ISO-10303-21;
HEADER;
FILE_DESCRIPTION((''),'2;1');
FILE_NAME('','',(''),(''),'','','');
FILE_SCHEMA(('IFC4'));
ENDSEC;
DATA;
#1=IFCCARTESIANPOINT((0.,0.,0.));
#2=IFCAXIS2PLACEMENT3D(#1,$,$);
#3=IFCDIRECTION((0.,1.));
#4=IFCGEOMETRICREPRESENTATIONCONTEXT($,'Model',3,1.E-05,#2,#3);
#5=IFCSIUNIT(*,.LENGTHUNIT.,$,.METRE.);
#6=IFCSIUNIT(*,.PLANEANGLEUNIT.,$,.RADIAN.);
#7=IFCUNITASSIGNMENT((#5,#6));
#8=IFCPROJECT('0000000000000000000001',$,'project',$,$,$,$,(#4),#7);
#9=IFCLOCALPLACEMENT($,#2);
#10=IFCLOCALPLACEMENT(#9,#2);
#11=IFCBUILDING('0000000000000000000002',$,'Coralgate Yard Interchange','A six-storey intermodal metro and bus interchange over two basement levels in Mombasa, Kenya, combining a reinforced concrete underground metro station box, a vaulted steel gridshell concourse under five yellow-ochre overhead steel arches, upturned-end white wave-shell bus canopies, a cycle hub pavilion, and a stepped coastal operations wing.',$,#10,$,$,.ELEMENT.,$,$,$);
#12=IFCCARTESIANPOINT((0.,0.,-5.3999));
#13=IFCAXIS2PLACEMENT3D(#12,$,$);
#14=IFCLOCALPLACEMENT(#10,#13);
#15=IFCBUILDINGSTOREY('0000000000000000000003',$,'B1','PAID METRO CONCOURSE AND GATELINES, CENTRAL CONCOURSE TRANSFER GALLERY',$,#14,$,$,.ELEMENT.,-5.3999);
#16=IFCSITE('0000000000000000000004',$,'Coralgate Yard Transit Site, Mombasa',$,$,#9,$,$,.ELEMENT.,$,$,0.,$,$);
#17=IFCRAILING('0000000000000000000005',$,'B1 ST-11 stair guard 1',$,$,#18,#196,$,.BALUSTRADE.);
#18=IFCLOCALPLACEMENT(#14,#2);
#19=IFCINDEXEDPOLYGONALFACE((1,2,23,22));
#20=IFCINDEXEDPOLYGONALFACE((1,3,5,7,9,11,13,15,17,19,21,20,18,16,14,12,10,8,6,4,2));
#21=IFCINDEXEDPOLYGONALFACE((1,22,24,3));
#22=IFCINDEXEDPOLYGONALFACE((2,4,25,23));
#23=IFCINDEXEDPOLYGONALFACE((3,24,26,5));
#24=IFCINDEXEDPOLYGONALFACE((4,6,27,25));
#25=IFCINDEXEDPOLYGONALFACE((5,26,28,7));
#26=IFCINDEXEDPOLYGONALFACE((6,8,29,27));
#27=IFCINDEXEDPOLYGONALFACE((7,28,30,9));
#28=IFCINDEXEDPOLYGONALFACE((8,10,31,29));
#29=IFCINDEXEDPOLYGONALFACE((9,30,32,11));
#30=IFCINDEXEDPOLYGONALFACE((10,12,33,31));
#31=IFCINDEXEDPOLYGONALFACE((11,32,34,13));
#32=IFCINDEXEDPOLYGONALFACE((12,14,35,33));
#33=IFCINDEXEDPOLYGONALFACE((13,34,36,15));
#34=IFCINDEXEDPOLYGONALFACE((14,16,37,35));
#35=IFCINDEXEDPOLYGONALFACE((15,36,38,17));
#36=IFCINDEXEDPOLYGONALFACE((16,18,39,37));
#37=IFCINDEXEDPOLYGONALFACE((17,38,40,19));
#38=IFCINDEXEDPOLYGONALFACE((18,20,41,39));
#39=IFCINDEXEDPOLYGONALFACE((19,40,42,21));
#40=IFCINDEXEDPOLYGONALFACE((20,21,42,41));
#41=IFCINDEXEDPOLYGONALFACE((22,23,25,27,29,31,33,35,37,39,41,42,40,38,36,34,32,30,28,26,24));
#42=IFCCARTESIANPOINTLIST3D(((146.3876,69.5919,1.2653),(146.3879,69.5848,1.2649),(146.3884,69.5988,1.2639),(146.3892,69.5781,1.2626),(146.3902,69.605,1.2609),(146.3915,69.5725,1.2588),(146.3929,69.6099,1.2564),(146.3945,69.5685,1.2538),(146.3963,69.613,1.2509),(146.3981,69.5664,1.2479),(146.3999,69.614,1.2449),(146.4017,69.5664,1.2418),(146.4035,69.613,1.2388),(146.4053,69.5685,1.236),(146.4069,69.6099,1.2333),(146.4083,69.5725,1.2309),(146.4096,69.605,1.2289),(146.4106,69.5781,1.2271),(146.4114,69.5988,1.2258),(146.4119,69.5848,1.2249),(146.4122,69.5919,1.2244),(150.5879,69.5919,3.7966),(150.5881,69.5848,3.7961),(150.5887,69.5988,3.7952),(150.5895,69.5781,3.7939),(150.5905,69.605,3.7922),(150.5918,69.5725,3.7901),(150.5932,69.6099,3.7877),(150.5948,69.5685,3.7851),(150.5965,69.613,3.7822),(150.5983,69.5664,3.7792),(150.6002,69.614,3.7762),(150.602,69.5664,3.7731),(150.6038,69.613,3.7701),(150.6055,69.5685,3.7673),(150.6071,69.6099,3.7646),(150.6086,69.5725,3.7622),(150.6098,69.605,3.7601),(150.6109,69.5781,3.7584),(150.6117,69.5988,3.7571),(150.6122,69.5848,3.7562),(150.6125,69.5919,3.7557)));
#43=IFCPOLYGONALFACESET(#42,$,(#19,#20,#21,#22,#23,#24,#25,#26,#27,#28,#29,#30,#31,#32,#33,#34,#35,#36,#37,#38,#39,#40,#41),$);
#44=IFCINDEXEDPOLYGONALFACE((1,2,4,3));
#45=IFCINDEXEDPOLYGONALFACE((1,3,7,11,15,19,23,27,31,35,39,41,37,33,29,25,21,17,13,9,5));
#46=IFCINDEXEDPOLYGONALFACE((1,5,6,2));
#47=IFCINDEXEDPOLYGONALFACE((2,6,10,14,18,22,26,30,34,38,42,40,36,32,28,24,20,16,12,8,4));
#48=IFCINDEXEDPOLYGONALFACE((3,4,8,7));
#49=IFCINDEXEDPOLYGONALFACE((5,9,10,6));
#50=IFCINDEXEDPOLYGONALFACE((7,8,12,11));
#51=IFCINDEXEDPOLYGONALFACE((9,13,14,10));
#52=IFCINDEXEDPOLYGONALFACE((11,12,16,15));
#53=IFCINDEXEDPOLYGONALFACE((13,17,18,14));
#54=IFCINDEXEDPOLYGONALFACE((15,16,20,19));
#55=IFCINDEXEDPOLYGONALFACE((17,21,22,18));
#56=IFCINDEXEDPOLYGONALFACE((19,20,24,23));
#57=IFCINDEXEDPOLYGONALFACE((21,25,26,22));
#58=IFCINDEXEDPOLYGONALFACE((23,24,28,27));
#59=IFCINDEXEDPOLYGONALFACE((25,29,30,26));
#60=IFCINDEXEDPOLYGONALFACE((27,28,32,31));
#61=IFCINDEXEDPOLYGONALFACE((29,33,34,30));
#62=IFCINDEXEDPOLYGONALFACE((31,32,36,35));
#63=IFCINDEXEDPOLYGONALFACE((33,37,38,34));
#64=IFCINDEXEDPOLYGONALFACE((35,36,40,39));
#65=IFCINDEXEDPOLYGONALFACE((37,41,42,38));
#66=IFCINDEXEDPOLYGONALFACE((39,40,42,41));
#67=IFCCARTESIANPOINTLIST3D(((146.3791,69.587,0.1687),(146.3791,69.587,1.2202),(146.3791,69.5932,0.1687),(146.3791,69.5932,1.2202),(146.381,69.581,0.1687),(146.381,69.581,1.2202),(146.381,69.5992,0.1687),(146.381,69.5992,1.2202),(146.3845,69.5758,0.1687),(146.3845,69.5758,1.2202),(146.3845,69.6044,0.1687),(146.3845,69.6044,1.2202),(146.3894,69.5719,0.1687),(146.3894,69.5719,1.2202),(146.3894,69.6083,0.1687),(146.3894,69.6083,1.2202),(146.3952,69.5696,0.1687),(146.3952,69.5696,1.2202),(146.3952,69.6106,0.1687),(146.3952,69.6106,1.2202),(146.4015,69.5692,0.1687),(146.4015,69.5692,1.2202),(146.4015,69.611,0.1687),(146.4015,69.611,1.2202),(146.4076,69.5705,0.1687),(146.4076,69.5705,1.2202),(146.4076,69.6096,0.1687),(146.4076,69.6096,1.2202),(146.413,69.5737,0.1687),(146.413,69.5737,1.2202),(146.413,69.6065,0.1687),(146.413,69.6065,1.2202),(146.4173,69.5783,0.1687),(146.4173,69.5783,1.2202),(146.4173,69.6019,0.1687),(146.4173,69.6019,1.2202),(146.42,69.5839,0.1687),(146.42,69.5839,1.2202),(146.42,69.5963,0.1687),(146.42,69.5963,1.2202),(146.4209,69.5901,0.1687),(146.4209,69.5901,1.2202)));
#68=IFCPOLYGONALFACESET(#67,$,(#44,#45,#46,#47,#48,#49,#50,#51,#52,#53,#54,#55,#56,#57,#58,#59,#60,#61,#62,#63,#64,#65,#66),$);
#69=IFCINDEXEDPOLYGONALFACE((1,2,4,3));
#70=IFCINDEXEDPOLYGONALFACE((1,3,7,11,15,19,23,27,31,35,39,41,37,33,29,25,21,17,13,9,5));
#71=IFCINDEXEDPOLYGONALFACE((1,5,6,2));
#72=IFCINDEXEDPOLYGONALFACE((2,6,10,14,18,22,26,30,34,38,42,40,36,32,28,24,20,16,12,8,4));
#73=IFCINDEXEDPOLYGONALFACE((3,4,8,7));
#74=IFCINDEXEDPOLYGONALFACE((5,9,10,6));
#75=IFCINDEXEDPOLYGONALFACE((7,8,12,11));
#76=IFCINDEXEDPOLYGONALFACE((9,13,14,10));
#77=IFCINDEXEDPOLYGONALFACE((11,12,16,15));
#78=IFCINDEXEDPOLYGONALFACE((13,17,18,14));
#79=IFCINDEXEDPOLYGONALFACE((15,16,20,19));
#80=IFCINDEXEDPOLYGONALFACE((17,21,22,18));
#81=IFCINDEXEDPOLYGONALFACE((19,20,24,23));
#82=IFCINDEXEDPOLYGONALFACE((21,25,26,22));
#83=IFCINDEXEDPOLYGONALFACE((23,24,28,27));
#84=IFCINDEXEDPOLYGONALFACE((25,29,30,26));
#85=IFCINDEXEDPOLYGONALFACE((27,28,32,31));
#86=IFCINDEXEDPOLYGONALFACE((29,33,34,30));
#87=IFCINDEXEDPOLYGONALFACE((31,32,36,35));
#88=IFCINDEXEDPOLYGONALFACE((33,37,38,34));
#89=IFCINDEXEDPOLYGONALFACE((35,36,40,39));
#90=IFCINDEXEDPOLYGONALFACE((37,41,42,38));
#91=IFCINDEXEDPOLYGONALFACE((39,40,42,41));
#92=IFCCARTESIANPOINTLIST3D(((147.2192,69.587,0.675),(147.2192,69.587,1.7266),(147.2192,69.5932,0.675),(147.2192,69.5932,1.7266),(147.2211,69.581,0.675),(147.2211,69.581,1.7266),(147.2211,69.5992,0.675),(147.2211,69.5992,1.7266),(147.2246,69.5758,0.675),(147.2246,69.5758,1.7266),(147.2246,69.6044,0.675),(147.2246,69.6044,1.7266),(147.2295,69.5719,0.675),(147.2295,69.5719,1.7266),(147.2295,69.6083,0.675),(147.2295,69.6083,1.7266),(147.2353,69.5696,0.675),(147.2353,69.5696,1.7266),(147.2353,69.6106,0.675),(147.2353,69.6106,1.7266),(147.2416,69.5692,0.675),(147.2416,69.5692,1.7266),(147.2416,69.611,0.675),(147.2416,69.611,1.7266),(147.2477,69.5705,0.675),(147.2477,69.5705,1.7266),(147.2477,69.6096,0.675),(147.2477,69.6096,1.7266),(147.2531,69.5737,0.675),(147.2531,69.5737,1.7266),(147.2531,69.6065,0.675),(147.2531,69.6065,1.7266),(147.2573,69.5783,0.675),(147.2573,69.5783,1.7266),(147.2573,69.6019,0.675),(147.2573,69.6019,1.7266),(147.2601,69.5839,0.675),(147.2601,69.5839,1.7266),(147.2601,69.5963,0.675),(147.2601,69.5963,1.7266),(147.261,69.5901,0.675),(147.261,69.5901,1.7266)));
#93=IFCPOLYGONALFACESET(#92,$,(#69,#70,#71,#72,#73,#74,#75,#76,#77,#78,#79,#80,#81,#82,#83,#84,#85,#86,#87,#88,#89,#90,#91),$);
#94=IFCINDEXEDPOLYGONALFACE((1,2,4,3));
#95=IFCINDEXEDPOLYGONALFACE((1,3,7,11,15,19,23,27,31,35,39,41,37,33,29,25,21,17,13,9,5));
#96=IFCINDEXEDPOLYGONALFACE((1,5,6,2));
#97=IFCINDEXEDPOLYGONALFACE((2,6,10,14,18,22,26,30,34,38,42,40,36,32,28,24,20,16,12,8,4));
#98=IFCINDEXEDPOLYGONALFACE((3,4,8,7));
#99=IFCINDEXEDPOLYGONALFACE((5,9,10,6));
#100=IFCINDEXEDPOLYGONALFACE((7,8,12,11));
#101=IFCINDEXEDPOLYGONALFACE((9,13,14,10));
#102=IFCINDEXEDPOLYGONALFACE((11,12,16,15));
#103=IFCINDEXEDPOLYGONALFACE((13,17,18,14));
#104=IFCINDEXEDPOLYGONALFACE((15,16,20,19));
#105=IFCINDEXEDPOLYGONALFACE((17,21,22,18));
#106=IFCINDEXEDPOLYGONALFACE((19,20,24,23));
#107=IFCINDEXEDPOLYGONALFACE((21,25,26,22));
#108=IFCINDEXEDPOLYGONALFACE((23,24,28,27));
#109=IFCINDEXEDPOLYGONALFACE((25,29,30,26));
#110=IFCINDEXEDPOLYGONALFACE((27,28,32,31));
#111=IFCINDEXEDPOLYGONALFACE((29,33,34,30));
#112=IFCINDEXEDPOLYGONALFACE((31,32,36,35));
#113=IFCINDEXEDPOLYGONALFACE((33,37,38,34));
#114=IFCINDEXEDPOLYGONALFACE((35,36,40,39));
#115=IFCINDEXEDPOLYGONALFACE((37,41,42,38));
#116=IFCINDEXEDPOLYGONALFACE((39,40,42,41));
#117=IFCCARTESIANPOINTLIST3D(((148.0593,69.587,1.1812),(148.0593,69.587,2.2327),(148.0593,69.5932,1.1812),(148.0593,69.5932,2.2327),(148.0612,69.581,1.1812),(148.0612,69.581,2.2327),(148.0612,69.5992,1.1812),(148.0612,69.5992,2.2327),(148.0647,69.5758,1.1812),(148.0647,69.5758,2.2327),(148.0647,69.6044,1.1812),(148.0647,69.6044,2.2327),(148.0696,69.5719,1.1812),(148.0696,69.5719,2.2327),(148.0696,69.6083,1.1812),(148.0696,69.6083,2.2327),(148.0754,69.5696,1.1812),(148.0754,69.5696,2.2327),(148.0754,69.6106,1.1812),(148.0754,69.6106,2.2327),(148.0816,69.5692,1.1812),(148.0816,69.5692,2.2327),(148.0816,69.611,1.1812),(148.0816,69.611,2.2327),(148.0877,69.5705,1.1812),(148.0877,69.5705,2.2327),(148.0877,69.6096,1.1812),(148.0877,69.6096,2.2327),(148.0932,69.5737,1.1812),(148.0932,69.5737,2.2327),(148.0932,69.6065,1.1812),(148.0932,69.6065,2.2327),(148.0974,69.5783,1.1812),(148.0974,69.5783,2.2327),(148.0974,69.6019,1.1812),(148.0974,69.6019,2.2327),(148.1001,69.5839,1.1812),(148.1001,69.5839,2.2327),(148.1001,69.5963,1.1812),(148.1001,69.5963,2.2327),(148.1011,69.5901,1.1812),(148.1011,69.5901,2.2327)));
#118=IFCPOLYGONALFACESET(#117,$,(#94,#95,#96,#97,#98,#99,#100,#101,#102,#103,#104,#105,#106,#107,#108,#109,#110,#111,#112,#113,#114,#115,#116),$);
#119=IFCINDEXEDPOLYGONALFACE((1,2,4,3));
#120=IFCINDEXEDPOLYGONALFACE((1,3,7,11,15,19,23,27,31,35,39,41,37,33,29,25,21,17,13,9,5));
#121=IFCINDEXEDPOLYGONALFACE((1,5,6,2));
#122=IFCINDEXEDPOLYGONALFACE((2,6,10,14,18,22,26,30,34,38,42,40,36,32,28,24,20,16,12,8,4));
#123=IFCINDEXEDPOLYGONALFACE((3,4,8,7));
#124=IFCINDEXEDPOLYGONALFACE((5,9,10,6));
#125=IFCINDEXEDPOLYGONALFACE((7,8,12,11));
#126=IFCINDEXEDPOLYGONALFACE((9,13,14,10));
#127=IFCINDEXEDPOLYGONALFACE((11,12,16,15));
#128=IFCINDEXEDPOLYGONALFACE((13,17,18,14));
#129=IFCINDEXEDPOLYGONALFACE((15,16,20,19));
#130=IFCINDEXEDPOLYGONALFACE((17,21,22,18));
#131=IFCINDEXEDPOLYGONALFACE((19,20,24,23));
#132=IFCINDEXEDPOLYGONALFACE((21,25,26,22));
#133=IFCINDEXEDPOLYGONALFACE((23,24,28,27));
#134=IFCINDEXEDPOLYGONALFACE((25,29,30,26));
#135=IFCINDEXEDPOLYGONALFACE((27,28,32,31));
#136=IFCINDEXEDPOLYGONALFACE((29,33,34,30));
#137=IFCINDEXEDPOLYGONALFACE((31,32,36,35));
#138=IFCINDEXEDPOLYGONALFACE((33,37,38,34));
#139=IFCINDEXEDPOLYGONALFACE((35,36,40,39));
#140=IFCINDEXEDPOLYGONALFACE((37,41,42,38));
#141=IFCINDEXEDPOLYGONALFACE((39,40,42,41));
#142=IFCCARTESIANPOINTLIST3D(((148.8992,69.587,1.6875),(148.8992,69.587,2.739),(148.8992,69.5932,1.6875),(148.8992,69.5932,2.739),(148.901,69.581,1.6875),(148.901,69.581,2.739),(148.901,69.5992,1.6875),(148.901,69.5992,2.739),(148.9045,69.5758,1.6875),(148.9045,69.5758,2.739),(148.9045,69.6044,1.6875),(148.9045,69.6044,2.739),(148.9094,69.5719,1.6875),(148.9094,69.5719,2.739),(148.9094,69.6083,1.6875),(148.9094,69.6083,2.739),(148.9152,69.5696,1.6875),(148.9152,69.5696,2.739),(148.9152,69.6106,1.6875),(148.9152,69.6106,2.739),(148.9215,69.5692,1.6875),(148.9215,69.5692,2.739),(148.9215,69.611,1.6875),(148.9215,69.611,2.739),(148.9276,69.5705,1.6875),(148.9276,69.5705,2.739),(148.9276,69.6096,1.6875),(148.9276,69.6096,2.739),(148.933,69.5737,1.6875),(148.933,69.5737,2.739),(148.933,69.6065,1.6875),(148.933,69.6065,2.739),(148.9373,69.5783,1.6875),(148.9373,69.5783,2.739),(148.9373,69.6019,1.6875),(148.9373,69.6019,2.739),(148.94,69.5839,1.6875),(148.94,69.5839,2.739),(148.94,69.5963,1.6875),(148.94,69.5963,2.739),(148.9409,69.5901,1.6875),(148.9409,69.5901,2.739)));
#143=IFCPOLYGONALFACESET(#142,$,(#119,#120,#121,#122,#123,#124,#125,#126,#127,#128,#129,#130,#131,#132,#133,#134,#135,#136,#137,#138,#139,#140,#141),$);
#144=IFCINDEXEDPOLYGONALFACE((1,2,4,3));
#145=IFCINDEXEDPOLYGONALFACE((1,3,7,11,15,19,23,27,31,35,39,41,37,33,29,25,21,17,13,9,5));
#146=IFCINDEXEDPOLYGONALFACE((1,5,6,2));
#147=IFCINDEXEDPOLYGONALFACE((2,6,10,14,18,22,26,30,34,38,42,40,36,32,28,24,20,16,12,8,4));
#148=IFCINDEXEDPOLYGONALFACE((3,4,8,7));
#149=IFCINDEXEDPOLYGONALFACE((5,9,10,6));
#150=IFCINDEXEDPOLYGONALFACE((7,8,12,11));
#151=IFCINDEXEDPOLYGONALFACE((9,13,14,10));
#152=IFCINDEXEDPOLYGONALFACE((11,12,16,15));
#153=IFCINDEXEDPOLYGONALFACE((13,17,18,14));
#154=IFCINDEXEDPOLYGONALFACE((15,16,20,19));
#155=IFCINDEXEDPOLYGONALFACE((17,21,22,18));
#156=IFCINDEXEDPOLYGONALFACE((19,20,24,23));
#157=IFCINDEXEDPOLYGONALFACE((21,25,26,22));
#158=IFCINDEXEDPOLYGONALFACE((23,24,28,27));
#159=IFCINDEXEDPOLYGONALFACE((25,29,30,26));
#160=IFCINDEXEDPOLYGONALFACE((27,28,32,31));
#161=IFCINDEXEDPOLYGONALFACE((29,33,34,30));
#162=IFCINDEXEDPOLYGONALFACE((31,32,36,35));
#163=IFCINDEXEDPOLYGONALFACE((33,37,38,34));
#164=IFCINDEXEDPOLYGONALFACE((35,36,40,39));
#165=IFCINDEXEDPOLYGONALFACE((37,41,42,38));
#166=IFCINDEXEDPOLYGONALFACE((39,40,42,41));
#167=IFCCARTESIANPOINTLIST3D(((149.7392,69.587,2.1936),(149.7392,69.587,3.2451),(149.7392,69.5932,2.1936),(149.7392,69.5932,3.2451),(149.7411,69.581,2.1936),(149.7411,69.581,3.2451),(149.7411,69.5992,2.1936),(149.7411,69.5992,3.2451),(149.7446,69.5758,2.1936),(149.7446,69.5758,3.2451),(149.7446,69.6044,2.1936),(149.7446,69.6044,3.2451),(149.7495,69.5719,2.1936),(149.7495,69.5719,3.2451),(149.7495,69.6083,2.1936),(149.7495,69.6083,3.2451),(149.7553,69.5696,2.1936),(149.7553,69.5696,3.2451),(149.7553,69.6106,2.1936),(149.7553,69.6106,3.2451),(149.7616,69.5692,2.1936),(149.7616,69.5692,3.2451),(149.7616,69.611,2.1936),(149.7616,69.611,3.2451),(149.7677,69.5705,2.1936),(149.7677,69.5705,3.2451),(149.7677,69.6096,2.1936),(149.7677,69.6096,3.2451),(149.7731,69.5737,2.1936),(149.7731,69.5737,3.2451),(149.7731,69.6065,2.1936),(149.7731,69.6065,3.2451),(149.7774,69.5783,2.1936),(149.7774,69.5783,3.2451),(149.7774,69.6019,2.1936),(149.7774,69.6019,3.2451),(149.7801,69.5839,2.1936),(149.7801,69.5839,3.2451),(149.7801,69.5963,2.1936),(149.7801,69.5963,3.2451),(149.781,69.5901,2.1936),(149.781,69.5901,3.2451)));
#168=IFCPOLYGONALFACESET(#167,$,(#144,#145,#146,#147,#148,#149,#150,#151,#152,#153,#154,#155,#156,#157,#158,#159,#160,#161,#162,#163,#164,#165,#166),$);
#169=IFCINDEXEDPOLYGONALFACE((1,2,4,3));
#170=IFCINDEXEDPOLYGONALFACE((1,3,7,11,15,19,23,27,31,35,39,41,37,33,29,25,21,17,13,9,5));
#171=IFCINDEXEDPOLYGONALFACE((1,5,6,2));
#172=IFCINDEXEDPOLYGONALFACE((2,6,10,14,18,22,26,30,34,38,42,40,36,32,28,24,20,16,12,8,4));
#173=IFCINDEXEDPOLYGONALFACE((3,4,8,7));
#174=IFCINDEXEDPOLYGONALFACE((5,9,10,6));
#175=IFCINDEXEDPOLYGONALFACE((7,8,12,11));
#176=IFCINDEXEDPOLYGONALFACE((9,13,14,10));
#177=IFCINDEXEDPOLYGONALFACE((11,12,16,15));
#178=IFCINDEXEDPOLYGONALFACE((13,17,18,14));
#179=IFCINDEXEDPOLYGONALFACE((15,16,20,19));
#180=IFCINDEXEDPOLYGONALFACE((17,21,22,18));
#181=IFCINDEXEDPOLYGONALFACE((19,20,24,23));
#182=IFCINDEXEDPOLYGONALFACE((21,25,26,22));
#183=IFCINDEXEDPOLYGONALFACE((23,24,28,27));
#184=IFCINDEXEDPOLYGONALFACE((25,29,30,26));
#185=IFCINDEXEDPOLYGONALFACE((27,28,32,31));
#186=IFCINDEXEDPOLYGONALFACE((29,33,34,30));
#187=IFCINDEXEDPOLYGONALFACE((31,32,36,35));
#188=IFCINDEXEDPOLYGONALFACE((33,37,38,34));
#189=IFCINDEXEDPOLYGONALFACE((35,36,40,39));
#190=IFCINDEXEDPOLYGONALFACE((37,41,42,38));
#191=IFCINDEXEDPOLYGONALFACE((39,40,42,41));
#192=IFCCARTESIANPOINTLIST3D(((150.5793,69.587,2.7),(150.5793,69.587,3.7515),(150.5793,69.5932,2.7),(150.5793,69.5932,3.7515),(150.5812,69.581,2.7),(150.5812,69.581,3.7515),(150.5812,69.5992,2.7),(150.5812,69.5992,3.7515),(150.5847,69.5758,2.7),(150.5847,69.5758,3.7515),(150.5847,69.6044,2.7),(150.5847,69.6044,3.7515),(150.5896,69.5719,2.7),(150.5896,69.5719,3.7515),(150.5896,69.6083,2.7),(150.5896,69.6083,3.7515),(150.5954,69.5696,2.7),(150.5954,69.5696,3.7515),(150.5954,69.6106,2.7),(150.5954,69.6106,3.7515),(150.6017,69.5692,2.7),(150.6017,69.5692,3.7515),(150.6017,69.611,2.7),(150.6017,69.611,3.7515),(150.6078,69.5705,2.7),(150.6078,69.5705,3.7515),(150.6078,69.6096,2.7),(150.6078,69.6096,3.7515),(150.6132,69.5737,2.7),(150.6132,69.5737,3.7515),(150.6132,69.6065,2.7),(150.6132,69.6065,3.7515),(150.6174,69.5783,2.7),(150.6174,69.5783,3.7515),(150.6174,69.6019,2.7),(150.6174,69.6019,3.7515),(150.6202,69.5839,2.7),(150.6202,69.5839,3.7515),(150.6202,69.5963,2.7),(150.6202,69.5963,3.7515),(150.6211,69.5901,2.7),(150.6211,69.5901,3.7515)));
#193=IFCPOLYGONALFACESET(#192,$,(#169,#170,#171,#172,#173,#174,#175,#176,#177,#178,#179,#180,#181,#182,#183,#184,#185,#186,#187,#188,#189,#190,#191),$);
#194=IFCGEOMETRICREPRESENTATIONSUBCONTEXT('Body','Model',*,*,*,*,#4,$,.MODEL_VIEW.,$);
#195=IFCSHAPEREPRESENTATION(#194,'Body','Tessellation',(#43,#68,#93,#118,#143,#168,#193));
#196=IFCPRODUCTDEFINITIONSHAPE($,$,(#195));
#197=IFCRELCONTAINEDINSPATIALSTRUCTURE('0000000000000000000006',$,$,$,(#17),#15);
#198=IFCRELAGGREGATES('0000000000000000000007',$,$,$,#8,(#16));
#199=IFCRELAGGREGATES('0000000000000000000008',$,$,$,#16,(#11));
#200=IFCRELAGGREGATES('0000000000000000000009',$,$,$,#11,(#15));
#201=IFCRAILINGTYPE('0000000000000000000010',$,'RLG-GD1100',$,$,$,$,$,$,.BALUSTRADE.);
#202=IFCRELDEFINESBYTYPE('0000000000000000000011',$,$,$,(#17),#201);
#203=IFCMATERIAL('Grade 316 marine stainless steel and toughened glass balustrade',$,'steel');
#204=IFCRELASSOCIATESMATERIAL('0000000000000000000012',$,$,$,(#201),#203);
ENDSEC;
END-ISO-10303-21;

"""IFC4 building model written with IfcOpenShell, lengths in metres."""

from ifc_helpers import new_model, si_unit, direction, frame, origin, origin_2d, place, context, subcontext, project, spatial, circle, extrude, material, type_object, element, save


model = new_model("IFC4")

# Units and contexts
model_context = context("Model", 3, precision=1e-05, world=origin(), true_north=direction((0.0, 1.0)))
body_context = subcontext(model_context, "Body", "Model", "MODEL_VIEW")
ifc_project = project(units=[si_unit("LENGTHUNIT", "METRE"), si_unit("PLANEANGLEUNIT", "RADIAN")], contexts=[model_context])

# Site, building, storey
site_placement = place(None, origin())
site = spatial("IfcSite", under=ifc_project, at=site_placement, Name="Coralgate Yard Transit Site, Mombasa", CompositionType="ELEMENT", RefElevation=0.0)
building_placement = place(site_placement, origin())
building = spatial("IfcBuilding", under=site, at=building_placement, Name="Coralgate Yard Interchange", Description="A six-storey intermodal metro and bus interchange over two basement levels in Mombasa, Kenya, combining a reinforced concrete underground metro station box, a vaulted steel gridshell concourse under five yellow-ochre overhead steel arches, upturned-end white wave-shell bus canopies, a cycle hub pavilion, and a stepped coastal operations wing.", CompositionType="ELEMENT")
storey_placement = place(building_placement, frame((0.0, 0.0, -5.3999)))
storey = spatial("IfcBuildingStorey", under=building, at=storey_placement, Name="B1", Description="PAID METRO CONCOURSE AND GATELINES, CENTRAL CONCOURSE TRANSFER GALLERY", CompositionType="ELEMENT", Elevation=-5.3999)

# Railing
ifc_material_1 = material(Name="Grade 316 marine stainless steel and toughened glass balustrade", Category="steel")
railing_type_1 = type_object("IfcRailingType", Name="RLG-GD1100", PredefinedType="BALUSTRADE", material=ifc_material_1)
railing_1_placement = place(storey_placement, frame((146.3999, 69.5901, 0.1687)))
element("IfcRailing", 1, at=railing_1_placement, inside=storey, type_object=railing_type_1, Name="B1 ST-11 stair guard 1", PredefinedType="BALUSTRADE", context=body_context, shape_type="SweptSolid", body=[
    extrude(circle(Radius=0.0239, at=origin_2d()), frame((0.0, 0.0, 1.0762), z_axis=(0.85649, 0.0, 0.516164), x_axis=(0.0, 1.0, 0.0)), (0.0, 0.0, 1.0), 4.9041),
    extrude(circle(Radius=0.021, at=origin_2d()), origin(), (0.0, 0.0, 1.0), 1.0515),
    extrude(circle(Radius=0.021, at=origin_2d()), frame((0.8401, 0.0, 0.5063)), (0.0, 0.0, 1.0), 1.0515),
    extrude(circle(Radius=0.021, at=origin_2d()), frame((1.6802, 0.0, 1.0125)), (0.0, 0.0, 1.0), 1.0515),
    extrude(circle(Radius=0.021, at=origin_2d()), frame((2.52, 0.0, 1.5188)), (0.0, 0.0, 1.0), 1.0515),
    extrude(circle(Radius=0.021, at=origin_2d()), frame((3.3601, 0.0, 2.0249)), (0.0, 0.0, 1.0), 1.0515),
    extrude(circle(Radius=0.021, at=origin_2d()), frame((4.2002, 0.0, 2.5312)), (0.0, 0.0, 1.0), 1.0515),
])

save(model, "model.ifc")
